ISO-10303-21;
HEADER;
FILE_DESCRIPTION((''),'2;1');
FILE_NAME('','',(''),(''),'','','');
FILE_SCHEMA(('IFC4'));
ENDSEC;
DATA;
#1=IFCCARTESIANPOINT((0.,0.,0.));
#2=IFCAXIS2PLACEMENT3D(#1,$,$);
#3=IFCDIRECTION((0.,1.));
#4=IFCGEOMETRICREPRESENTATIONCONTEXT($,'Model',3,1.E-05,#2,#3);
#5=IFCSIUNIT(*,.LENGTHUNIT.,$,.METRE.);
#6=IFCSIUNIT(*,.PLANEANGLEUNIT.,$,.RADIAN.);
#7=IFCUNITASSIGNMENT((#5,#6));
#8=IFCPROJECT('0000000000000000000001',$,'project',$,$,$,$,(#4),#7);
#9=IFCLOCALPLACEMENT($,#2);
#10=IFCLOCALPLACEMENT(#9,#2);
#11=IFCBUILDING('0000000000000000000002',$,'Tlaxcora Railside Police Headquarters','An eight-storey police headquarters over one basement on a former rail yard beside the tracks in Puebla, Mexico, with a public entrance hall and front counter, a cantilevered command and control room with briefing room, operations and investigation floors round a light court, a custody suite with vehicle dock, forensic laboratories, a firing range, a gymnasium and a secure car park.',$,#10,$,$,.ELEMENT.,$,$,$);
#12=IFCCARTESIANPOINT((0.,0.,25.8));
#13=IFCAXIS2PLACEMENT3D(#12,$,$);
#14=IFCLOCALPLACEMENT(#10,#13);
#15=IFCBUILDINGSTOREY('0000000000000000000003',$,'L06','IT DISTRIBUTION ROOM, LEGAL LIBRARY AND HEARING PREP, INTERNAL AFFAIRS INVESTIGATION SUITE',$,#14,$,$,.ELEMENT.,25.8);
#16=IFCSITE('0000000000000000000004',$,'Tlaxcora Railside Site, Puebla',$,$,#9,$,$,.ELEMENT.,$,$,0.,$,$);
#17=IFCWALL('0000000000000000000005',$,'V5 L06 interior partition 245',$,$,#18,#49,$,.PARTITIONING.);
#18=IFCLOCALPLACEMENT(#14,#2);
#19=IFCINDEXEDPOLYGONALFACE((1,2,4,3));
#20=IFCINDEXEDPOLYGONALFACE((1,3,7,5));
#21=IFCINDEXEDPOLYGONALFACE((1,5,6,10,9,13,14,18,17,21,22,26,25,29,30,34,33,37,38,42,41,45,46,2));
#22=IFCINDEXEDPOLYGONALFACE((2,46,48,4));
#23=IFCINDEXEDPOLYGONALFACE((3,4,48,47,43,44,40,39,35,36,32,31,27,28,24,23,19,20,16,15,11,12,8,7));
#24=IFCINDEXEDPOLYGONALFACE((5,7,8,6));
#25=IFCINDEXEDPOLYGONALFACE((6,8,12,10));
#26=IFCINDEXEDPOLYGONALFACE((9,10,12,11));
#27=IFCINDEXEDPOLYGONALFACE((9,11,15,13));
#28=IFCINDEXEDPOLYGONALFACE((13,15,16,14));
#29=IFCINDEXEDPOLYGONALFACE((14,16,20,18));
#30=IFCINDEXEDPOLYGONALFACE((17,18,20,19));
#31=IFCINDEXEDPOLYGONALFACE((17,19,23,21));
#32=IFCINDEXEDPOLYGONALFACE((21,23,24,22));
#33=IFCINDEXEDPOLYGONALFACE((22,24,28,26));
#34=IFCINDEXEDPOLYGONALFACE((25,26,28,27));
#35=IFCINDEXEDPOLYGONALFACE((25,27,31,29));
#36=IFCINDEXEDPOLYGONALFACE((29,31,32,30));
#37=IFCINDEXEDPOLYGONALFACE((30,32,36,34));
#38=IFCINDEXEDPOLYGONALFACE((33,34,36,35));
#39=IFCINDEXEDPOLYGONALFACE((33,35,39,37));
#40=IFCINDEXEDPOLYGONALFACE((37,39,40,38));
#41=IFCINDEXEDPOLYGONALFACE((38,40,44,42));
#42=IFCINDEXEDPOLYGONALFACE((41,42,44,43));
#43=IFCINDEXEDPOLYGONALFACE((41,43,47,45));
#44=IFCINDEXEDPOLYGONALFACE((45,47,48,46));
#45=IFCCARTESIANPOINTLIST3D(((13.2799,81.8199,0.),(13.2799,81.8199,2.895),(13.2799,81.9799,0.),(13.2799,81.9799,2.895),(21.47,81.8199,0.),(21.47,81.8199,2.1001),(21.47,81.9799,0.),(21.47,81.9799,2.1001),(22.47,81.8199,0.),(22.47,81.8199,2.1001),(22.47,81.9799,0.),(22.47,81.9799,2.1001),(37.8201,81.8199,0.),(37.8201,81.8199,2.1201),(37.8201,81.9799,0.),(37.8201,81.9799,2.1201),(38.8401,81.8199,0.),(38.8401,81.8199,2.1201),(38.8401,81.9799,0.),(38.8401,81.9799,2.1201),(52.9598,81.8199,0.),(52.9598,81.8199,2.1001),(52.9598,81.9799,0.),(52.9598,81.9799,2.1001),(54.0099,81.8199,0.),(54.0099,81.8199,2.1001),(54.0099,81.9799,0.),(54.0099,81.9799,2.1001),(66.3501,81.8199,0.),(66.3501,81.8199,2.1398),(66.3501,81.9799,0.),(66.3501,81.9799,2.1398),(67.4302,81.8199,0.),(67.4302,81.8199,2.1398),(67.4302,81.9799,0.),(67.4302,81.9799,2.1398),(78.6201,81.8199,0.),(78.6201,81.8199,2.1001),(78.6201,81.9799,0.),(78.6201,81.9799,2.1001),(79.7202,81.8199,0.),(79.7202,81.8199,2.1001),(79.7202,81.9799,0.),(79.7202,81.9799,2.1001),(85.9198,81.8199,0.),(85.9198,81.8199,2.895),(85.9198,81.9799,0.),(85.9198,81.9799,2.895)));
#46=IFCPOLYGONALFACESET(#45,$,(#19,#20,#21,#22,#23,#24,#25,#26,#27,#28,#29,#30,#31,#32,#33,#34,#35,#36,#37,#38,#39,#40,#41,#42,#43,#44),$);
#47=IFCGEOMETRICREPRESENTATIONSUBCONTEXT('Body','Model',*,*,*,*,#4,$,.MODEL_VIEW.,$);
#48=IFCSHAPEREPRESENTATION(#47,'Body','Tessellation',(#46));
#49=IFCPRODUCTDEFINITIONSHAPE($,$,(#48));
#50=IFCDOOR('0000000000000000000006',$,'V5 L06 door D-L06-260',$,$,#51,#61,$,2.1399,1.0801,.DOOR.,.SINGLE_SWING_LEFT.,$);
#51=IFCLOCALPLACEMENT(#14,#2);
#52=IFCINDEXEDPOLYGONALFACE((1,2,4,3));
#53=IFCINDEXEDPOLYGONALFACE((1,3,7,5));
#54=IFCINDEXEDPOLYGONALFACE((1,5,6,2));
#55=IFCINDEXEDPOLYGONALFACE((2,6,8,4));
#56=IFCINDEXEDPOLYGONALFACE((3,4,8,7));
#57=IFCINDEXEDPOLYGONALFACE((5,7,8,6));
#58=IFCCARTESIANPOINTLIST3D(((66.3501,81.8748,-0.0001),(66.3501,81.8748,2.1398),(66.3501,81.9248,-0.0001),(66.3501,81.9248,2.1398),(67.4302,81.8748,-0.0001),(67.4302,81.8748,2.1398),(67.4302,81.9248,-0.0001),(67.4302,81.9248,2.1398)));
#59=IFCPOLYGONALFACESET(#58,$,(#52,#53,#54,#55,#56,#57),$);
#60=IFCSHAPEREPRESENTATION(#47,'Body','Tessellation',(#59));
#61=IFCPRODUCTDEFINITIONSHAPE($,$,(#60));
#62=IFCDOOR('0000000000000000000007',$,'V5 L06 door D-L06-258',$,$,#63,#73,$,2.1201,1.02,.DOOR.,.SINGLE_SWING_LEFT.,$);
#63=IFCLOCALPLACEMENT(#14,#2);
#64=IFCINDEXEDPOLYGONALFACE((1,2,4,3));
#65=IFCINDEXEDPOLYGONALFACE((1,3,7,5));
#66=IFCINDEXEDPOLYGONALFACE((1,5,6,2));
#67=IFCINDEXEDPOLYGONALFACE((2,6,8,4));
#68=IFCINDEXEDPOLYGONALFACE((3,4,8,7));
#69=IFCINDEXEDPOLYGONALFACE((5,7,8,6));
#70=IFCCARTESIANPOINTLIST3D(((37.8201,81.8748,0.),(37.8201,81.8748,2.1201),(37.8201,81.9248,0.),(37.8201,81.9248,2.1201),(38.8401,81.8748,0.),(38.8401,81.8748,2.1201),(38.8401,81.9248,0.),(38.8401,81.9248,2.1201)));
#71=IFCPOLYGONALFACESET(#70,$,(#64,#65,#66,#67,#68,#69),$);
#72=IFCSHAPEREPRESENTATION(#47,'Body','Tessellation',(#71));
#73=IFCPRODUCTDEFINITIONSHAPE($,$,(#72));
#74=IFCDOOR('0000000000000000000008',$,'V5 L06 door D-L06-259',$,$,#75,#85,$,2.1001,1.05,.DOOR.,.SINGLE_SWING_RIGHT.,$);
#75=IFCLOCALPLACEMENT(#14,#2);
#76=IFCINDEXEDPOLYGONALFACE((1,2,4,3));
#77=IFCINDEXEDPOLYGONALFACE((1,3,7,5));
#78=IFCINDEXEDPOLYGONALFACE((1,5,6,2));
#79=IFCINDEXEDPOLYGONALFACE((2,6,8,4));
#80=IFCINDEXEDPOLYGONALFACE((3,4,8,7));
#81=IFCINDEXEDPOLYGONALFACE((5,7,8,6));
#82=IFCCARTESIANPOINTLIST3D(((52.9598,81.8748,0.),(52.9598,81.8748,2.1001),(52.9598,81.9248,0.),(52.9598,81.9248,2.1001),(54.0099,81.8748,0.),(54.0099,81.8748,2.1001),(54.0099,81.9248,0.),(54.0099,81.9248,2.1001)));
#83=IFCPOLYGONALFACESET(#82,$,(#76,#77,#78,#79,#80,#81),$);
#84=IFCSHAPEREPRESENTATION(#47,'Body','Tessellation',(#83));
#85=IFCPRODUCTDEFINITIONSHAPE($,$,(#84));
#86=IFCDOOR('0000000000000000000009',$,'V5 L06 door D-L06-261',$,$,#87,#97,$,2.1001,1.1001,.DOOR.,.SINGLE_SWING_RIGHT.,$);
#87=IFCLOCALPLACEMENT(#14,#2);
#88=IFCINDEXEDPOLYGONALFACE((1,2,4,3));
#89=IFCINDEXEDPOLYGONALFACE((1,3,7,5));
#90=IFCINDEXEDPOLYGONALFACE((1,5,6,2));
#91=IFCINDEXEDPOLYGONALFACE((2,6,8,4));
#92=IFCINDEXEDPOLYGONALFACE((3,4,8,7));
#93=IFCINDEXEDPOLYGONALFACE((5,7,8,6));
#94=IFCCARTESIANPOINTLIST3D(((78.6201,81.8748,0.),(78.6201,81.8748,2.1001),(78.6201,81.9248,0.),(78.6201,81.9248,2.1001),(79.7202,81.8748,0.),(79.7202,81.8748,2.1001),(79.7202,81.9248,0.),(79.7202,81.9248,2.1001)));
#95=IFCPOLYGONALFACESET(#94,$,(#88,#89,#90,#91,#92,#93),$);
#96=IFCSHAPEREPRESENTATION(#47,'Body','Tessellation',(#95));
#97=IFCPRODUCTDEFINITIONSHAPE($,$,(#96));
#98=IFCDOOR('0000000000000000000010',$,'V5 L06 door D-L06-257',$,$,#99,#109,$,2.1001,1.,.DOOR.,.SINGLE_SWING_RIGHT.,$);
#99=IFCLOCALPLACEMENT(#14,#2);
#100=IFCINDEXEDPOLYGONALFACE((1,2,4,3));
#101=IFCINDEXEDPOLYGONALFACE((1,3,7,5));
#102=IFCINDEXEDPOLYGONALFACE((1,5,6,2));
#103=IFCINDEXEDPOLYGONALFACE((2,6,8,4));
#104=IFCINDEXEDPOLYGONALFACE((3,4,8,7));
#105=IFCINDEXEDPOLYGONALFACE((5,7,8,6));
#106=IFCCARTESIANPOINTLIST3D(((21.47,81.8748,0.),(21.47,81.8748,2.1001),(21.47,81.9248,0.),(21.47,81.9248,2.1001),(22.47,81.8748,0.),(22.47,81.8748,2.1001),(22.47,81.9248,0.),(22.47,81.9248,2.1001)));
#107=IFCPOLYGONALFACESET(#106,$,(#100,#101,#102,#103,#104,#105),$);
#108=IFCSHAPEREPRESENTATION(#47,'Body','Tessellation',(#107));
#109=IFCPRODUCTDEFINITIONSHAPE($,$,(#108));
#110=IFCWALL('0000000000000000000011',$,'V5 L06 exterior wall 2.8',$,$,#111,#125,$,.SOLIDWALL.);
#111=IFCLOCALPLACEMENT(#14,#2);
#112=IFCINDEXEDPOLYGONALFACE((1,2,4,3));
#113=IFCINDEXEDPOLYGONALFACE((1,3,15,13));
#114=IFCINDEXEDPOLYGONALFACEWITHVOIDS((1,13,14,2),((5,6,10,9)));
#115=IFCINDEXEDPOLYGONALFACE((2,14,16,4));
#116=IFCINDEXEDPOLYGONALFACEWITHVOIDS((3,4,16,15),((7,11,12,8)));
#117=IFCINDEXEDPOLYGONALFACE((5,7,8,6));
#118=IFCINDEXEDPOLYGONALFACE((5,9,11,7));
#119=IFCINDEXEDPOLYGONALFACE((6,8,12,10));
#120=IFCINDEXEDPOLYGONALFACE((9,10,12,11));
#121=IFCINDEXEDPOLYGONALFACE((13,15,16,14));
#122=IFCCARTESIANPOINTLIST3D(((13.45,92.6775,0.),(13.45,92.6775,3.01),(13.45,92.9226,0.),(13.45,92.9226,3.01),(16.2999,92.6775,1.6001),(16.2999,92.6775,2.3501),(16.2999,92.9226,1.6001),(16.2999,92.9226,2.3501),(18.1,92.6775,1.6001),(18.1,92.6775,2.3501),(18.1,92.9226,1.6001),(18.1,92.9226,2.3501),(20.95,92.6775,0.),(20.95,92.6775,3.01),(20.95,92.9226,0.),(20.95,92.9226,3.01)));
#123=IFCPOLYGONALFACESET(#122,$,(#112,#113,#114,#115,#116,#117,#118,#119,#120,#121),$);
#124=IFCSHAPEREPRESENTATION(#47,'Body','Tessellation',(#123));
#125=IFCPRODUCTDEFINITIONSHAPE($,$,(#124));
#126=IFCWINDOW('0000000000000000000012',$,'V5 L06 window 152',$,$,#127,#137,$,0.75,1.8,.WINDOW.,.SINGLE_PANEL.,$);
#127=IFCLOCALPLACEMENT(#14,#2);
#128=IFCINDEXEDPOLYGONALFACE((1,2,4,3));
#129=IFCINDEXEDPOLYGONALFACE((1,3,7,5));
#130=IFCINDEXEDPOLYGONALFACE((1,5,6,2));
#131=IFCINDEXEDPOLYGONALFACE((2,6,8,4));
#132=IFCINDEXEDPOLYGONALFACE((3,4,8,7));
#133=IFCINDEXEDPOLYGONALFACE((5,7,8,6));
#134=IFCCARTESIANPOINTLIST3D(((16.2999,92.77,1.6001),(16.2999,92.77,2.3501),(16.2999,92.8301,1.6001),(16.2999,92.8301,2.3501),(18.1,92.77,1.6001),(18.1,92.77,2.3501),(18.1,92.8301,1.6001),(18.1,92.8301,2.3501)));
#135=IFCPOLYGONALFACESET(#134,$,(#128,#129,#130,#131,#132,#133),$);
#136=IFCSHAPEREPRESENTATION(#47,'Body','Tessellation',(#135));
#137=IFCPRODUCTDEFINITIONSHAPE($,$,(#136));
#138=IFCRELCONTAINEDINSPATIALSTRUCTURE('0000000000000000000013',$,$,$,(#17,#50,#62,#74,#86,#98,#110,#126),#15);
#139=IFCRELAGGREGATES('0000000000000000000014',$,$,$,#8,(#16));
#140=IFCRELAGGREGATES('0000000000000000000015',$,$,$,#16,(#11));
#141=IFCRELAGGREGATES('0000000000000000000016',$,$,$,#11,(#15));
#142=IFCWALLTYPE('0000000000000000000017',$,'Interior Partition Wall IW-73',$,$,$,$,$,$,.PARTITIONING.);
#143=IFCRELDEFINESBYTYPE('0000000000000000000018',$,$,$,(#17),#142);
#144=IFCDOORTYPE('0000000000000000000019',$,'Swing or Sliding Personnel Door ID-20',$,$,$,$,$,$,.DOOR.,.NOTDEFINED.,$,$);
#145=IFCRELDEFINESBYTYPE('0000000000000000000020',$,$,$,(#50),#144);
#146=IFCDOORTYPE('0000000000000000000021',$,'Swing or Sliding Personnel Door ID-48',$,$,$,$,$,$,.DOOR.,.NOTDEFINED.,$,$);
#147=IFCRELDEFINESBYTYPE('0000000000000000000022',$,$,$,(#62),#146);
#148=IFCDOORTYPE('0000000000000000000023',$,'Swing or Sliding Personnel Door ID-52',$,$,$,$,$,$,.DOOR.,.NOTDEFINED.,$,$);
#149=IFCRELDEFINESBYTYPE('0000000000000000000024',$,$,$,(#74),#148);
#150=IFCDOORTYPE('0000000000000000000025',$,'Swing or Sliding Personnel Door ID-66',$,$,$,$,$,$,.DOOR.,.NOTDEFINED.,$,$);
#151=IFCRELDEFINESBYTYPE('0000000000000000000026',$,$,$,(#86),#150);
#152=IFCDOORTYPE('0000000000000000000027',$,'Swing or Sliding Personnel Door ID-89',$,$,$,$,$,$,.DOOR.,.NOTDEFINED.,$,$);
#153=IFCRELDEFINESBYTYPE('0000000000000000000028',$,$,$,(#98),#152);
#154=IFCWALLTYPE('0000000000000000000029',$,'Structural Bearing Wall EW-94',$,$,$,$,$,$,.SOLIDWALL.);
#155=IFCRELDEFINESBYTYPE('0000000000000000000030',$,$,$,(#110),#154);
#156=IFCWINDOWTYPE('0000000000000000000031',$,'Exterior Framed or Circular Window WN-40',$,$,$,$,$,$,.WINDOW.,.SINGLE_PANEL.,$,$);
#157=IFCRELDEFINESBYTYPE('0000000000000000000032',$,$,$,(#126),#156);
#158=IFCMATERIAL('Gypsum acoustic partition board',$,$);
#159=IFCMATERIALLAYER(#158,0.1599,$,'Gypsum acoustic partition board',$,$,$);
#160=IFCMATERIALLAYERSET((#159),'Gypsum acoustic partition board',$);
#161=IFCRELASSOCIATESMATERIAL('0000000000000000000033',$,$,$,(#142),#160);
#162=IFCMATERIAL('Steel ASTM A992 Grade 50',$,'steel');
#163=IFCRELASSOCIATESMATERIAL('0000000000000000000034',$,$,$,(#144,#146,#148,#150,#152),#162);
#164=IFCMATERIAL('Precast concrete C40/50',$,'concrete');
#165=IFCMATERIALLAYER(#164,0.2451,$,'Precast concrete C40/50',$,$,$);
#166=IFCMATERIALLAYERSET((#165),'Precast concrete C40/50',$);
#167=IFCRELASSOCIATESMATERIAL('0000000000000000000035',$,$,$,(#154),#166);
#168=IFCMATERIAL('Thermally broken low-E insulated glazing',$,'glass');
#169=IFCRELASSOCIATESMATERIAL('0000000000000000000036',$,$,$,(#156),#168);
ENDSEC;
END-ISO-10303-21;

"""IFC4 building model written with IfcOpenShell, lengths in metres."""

from ifc_helpers import new_model, si_unit, direction, frame, frame_2d, origin, place, context, subcontext, project, spatial, rectangle, extrude, material, layer, layer_set, type_object, element, fill, save


model = new_model("IFC4")

# Units and contexts
model_context = context("Model", 3, precision=1e-05, world=origin(), true_north=direction((0.0, 1.0)))
body_context = subcontext(model_context, "Body", "Model", "MODEL_VIEW")
ifc_project = project(units=[si_unit("LENGTHUNIT", "METRE"), si_unit("PLANEANGLEUNIT", "RADIAN")], contexts=[model_context])

# Site, building, storey
site_placement = place(None, origin())
site = spatial("IfcSite", under=ifc_project, at=site_placement, Name="Tlaxcora Railside Site, Puebla", CompositionType="ELEMENT", RefElevation=0.0)
building_placement = place(site_placement, origin())
building = spatial("IfcBuilding", under=site, at=building_placement, Name="Tlaxcora Railside Police Headquarters", Description="An eight-storey police headquarters over one basement on a former rail yard beside the tracks in Puebla, Mexico, with a public entrance hall and front counter, a cantilevered command and control room with briefing room, operations and investigation floors round a light court, a custody suite with vehicle dock, forensic laboratories, a firing range, a gymnasium and a secure car park.", CompositionType="ELEMENT")
storey_placement = place(building_placement, frame((0.0, 0.0, 25.8)))
storey = spatial("IfcBuildingStorey", under=building, at=storey_placement, Name="L06", Description="IT DISTRIBUTION ROOM, LEGAL LIBRARY AND HEARING PREP, INTERNAL AFFAIRS INVESTIGATION SUITE", CompositionType="ELEMENT", Elevation=25.8)

# Shared definitions
ifc_material_1 = material(Name="Thermally broken low-E insulated glazing", Category="glass")

# Shared definitions
ifc_material_2 = material(Name="Steel ASTM A992 Grade 50", Category="steel")

# Wall, openings, doors
ifc_material_3 = material(Name="Gypsum acoustic partition board")
ifc_layer_1 = layer(ifc_material_3, 0.1599, Name="Gypsum acoustic partition board")
ifc_layer_set_1 = layer_set([ifc_layer_1], Name="Gypsum acoustic partition board")
wall_type_1 = type_object("IfcWallType", Name="Interior Partition Wall IW-73", PredefinedType="PARTITIONING", material=ifc_layer_set_1)
wall_1_placement = place(storey_placement, frame((13.28, 81.8999, 0.0), z_axis=(0.0, 0.0, 1.0), x_axis=(1.0, 0.0, 0.0)))
wall_1 = element("IfcWall", 1, at=wall_1_placement, inside=storey, type_object=wall_type_1, Name="V5 L06 interior partition 245", PredefinedType="PARTITIONING", context=body_context, shape_type="SweptSolid", body=[
    extrude(rectangle(XDim=72.6399, YDim=0.1599, at=frame_2d((36.3198, 0.0))), origin(), (0.0, 0.0, 1.0), 2.895),
])
opening_1_placement = place(wall_1_placement, frame((8.1899, 0.0, 0.0)))
opening_1 = element("IfcOpeningElement", 2, at=opening_1_placement, cuts=wall_1, PredefinedType="OPENING", context=body_context, shape_type="SweptSolid", body=[
    extrude(rectangle(XDim=1.0, YDim=2.1001, at=frame_2d((0.5, 1.05))), frame((0.0, 0.0898, 0.0), z_axis=(0.0, -1.0, 0.0), x_axis=(1.0, 0.0, 0.0)), (0.0, 0.0, 1.0), 0.1799),
])
opening_2_placement = place(wall_1_placement, frame((24.54, 0.0, 0.0)))
opening_2 = element("IfcOpeningElement", 3, at=opening_2_placement, cuts=wall_1, PredefinedType="OPENING", context=body_context, shape_type="SweptSolid", body=[
    extrude(rectangle(XDim=1.02, YDim=2.1201, at=frame_2d((0.51, 1.0601))), frame((0.0, 0.0898, 0.0), z_axis=(0.0, -1.0, 0.0), x_axis=(1.0, 0.0, 0.0)), (0.0, 0.0, 1.0), 0.1799),
])
opening_3_placement = place(wall_1_placement, frame((39.6799, 0.0, 0.0)))
opening_3 = element("IfcOpeningElement", 4, at=opening_3_placement, cuts=wall_1, PredefinedType="OPENING", context=body_context, shape_type="SweptSolid", body=[
    extrude(rectangle(XDim=1.05, YDim=2.1001, at=frame_2d((0.5249, 1.05))), frame((0.0, 0.0898, 0.0), z_axis=(0.0, -1.0, 0.0), x_axis=(1.0, 0.0, 0.0)), (0.0, 0.0, 1.0), 0.1799),
])
opening_4_placement = place(wall_1_placement, frame((53.0701, 0.0, 0.0)))
opening_4 = element("IfcOpeningElement", 5, at=opening_4_placement, cuts=wall_1, PredefinedType="OPENING", context=body_context, shape_type="SweptSolid", body=[
    extrude(rectangle(XDim=1.0801, YDim=2.1399, at=frame_2d((0.54, 1.0698))), frame((0.0, 0.0898, 0.0), z_axis=(0.0, -1.0, 0.0), x_axis=(1.0, 0.0, 0.0)), (0.0, 0.0, 1.0), 0.1799),
])
opening_5_placement = place(wall_1_placement, frame((65.3401, 0.0, 0.0)))
opening_5 = element("IfcOpeningElement", 6, at=opening_5_placement, cuts=wall_1, PredefinedType="OPENING", context=body_context, shape_type="SweptSolid", body=[
    extrude(rectangle(XDim=1.1001, YDim=2.1001, at=frame_2d((0.55, 1.05))), frame((0.0, 0.0898, 0.0), z_axis=(0.0, -1.0, 0.0), x_axis=(1.0, 0.0, 0.0)), (0.0, 0.0, 1.0), 0.1799),
])
door_type_1 = type_object("IfcDoorType", Name="Swing or Sliding Personnel Door ID-20", OperationType="NOTDEFINED", PredefinedType="DOOR", material=ifc_material_2)
door_1_placement = place(opening_4_placement, origin())
door_1 = element("IfcDoor", 7, at=door_1_placement, inside=storey, type_object=door_type_1, Name="V5 L06 door D-L06-260", OperationType="SINGLE_SWING_LEFT", OverallHeight=2.1399, OverallWidth=1.0801, PredefinedType="DOOR", context=body_context, shape_type="SweptSolid", body=[
    extrude(rectangle(XDim=1.0801, YDim=2.1399, at=frame_2d((0.54, 1.0698))), frame((0.0, 0.0249, 0.0), z_axis=(0.0, -1.0, 0.0), x_axis=(1.0, 0.0, 0.0)), (0.0, 0.0, 1.0), 0.05),
])
fill(opening_4, door_1)
door_type_2 = type_object("IfcDoorType", Name="Swing or Sliding Personnel Door ID-48", OperationType="NOTDEFINED", PredefinedType="DOOR", material=ifc_material_2)
door_2_placement = place(opening_2_placement, origin())
door_2 = element("IfcDoor", 8, at=door_2_placement, inside=storey, type_object=door_type_2, Name="V5 L06 door D-L06-258", OperationType="SINGLE_SWING_LEFT", OverallHeight=2.1201, OverallWidth=1.02, PredefinedType="DOOR", context=body_context, shape_type="SweptSolid", body=[
    extrude(rectangle(XDim=1.02, YDim=2.1201, at=frame_2d((0.51, 1.0601))), frame((0.0, 0.0249, 0.0), z_axis=(0.0, -1.0, 0.0), x_axis=(1.0, 0.0, 0.0)), (0.0, 0.0, 1.0), 0.05),
])
fill(opening_2, door_2)
door_type_3 = type_object("IfcDoorType", Name="Swing or Sliding Personnel Door ID-52", OperationType="NOTDEFINED", PredefinedType="DOOR", material=ifc_material_2)
door_3_placement = place(opening_3_placement, origin())
door_3 = element("IfcDoor", 9, at=door_3_placement, inside=storey, type_object=door_type_3, Name="V5 L06 door D-L06-259", OperationType="SINGLE_SWING_RIGHT", OverallHeight=2.1001, OverallWidth=1.05, PredefinedType="DOOR", context=body_context, shape_type="SweptSolid", body=[
    extrude(rectangle(XDim=1.05, YDim=2.1001, at=frame_2d((0.5249, 1.05))), frame((0.0, 0.0249, 0.0), z_axis=(0.0, -1.0, 0.0), x_axis=(1.0, 0.0, 0.0)), (0.0, 0.0, 1.0), 0.05),
])
fill(opening_3, door_3)
door_type_4 = type_object("IfcDoorType", Name="Swing or Sliding Personnel Door ID-66", OperationType="NOTDEFINED", PredefinedType="DOOR", material=ifc_material_2)
door_4_placement = place(opening_5_placement, origin())
door_4 = element("IfcDoor", 10, at=door_4_placement, inside=storey, type_object=door_type_4, Name="V5 L06 door D-L06-261", OperationType="SINGLE_SWING_RIGHT", OverallHeight=2.1001, OverallWidth=1.1001, PredefinedType="DOOR", context=body_context, shape_type="SweptSolid", body=[
    extrude(rectangle(XDim=1.1001, YDim=2.1001, at=frame_2d((0.55, 1.05))), frame((0.0, 0.0249, 0.0), z_axis=(0.0, -1.0, 0.0), x_axis=(1.0, 0.0, 0.0)), (0.0, 0.0, 1.0), 0.05),
])
fill(opening_5, door_4)
door_type_5 = type_object("IfcDoorType", Name="Swing or Sliding Personnel Door ID-89", OperationType="NOTDEFINED", PredefinedType="DOOR", material=ifc_material_2)
door_5_placement = place(opening_1_placement, origin())
door_5 = element("IfcDoor", 11, at=door_5_placement, inside=storey, type_object=door_type_5, Name="V5 L06 door D-L06-257", OperationType="SINGLE_SWING_RIGHT", OverallHeight=2.1001, OverallWidth=1.0, PredefinedType="DOOR", context=body_context, shape_type="SweptSolid", body=[
    extrude(rectangle(XDim=1.0, YDim=2.1001, at=frame_2d((0.5, 1.05))), frame((0.0, 0.0249, 0.0), z_axis=(0.0, -1.0, 0.0), x_axis=(1.0, 0.0, 0.0)), (0.0, 0.0, 1.0), 0.05),
])
fill(opening_1, door_5)

# Wall, opening, window
ifc_material_4 = material(Name="Precast concrete C40/50", Category="concrete")
ifc_layer_2 = layer(ifc_material_4, 0.2451, Name="Precast concrete C40/50")
ifc_layer_set_2 = layer_set([ifc_layer_2], Name="Precast concrete C40/50")
wall_type_2 = type_object("IfcWallType", Name="Structural Bearing Wall EW-94", PredefinedType="SOLIDWALL", material=ifc_layer_set_2)
wall_2_placement = place(storey_placement, frame((20.95, 92.8, 0.0), z_axis=(0.0, 0.0, 1.0), x_axis=(-1.0, 0.0, 0.0)))
wall_2 = element("IfcWall", 12, at=wall_2_placement, inside=storey, type_object=wall_type_2, Name="V5 L06 exterior wall 2.8", PredefinedType="SOLIDWALL", context=body_context, shape_type="SweptSolid", body=[
    extrude(rectangle(XDim=7.5, YDim=0.2451, at=frame_2d((3.75, 0.0))), origin(), (0.0, 0.0, 1.0), 3.01),
])
opening_6_placement = place(wall_2_placement, frame((2.8501, 0.0, 1.6001)))
opening_6 = element("IfcOpeningElement", 13, at=opening_6_placement, cuts=wall_2, PredefinedType="OPENING", context=body_context, shape_type="SweptSolid", body=[
    extrude(rectangle(XDim=1.8, YDim=0.75, at=frame_2d((0.8999, 0.375))), frame((0.0, 0.1326, 0.0), z_axis=(0.0, -1.0, 0.0), x_axis=(1.0, 0.0, 0.0)), (0.0, 0.0, 1.0), 0.2651),
])
window_type = type_object("IfcWindowType", Name="Exterior Framed or Circular Window WN-40", PartitioningType="SINGLE_PANEL", PredefinedType="WINDOW", material=ifc_material_1)
window_placement = place(opening_6_placement, origin())
window = element("IfcWindow", 14, at=window_placement, inside=storey, type_object=window_type, Name="V5 L06 window 152", OverallHeight=0.75, OverallWidth=1.8, PartitioningType="SINGLE_PANEL", PredefinedType="WINDOW", context=body_context, shape_type="SweptSolid", body=[
    extrude(rectangle(XDim=1.8, YDim=0.75, at=frame_2d((0.8999, 0.375))), frame((0.0, 0.03, 0.0), z_axis=(0.0, -1.0, 0.0), x_axis=(1.0, 0.0, 0.0)), (0.0, 0.0, 1.0), 0.0601),
])
fill(opening_6, window)

save(model, "model.ifc")
